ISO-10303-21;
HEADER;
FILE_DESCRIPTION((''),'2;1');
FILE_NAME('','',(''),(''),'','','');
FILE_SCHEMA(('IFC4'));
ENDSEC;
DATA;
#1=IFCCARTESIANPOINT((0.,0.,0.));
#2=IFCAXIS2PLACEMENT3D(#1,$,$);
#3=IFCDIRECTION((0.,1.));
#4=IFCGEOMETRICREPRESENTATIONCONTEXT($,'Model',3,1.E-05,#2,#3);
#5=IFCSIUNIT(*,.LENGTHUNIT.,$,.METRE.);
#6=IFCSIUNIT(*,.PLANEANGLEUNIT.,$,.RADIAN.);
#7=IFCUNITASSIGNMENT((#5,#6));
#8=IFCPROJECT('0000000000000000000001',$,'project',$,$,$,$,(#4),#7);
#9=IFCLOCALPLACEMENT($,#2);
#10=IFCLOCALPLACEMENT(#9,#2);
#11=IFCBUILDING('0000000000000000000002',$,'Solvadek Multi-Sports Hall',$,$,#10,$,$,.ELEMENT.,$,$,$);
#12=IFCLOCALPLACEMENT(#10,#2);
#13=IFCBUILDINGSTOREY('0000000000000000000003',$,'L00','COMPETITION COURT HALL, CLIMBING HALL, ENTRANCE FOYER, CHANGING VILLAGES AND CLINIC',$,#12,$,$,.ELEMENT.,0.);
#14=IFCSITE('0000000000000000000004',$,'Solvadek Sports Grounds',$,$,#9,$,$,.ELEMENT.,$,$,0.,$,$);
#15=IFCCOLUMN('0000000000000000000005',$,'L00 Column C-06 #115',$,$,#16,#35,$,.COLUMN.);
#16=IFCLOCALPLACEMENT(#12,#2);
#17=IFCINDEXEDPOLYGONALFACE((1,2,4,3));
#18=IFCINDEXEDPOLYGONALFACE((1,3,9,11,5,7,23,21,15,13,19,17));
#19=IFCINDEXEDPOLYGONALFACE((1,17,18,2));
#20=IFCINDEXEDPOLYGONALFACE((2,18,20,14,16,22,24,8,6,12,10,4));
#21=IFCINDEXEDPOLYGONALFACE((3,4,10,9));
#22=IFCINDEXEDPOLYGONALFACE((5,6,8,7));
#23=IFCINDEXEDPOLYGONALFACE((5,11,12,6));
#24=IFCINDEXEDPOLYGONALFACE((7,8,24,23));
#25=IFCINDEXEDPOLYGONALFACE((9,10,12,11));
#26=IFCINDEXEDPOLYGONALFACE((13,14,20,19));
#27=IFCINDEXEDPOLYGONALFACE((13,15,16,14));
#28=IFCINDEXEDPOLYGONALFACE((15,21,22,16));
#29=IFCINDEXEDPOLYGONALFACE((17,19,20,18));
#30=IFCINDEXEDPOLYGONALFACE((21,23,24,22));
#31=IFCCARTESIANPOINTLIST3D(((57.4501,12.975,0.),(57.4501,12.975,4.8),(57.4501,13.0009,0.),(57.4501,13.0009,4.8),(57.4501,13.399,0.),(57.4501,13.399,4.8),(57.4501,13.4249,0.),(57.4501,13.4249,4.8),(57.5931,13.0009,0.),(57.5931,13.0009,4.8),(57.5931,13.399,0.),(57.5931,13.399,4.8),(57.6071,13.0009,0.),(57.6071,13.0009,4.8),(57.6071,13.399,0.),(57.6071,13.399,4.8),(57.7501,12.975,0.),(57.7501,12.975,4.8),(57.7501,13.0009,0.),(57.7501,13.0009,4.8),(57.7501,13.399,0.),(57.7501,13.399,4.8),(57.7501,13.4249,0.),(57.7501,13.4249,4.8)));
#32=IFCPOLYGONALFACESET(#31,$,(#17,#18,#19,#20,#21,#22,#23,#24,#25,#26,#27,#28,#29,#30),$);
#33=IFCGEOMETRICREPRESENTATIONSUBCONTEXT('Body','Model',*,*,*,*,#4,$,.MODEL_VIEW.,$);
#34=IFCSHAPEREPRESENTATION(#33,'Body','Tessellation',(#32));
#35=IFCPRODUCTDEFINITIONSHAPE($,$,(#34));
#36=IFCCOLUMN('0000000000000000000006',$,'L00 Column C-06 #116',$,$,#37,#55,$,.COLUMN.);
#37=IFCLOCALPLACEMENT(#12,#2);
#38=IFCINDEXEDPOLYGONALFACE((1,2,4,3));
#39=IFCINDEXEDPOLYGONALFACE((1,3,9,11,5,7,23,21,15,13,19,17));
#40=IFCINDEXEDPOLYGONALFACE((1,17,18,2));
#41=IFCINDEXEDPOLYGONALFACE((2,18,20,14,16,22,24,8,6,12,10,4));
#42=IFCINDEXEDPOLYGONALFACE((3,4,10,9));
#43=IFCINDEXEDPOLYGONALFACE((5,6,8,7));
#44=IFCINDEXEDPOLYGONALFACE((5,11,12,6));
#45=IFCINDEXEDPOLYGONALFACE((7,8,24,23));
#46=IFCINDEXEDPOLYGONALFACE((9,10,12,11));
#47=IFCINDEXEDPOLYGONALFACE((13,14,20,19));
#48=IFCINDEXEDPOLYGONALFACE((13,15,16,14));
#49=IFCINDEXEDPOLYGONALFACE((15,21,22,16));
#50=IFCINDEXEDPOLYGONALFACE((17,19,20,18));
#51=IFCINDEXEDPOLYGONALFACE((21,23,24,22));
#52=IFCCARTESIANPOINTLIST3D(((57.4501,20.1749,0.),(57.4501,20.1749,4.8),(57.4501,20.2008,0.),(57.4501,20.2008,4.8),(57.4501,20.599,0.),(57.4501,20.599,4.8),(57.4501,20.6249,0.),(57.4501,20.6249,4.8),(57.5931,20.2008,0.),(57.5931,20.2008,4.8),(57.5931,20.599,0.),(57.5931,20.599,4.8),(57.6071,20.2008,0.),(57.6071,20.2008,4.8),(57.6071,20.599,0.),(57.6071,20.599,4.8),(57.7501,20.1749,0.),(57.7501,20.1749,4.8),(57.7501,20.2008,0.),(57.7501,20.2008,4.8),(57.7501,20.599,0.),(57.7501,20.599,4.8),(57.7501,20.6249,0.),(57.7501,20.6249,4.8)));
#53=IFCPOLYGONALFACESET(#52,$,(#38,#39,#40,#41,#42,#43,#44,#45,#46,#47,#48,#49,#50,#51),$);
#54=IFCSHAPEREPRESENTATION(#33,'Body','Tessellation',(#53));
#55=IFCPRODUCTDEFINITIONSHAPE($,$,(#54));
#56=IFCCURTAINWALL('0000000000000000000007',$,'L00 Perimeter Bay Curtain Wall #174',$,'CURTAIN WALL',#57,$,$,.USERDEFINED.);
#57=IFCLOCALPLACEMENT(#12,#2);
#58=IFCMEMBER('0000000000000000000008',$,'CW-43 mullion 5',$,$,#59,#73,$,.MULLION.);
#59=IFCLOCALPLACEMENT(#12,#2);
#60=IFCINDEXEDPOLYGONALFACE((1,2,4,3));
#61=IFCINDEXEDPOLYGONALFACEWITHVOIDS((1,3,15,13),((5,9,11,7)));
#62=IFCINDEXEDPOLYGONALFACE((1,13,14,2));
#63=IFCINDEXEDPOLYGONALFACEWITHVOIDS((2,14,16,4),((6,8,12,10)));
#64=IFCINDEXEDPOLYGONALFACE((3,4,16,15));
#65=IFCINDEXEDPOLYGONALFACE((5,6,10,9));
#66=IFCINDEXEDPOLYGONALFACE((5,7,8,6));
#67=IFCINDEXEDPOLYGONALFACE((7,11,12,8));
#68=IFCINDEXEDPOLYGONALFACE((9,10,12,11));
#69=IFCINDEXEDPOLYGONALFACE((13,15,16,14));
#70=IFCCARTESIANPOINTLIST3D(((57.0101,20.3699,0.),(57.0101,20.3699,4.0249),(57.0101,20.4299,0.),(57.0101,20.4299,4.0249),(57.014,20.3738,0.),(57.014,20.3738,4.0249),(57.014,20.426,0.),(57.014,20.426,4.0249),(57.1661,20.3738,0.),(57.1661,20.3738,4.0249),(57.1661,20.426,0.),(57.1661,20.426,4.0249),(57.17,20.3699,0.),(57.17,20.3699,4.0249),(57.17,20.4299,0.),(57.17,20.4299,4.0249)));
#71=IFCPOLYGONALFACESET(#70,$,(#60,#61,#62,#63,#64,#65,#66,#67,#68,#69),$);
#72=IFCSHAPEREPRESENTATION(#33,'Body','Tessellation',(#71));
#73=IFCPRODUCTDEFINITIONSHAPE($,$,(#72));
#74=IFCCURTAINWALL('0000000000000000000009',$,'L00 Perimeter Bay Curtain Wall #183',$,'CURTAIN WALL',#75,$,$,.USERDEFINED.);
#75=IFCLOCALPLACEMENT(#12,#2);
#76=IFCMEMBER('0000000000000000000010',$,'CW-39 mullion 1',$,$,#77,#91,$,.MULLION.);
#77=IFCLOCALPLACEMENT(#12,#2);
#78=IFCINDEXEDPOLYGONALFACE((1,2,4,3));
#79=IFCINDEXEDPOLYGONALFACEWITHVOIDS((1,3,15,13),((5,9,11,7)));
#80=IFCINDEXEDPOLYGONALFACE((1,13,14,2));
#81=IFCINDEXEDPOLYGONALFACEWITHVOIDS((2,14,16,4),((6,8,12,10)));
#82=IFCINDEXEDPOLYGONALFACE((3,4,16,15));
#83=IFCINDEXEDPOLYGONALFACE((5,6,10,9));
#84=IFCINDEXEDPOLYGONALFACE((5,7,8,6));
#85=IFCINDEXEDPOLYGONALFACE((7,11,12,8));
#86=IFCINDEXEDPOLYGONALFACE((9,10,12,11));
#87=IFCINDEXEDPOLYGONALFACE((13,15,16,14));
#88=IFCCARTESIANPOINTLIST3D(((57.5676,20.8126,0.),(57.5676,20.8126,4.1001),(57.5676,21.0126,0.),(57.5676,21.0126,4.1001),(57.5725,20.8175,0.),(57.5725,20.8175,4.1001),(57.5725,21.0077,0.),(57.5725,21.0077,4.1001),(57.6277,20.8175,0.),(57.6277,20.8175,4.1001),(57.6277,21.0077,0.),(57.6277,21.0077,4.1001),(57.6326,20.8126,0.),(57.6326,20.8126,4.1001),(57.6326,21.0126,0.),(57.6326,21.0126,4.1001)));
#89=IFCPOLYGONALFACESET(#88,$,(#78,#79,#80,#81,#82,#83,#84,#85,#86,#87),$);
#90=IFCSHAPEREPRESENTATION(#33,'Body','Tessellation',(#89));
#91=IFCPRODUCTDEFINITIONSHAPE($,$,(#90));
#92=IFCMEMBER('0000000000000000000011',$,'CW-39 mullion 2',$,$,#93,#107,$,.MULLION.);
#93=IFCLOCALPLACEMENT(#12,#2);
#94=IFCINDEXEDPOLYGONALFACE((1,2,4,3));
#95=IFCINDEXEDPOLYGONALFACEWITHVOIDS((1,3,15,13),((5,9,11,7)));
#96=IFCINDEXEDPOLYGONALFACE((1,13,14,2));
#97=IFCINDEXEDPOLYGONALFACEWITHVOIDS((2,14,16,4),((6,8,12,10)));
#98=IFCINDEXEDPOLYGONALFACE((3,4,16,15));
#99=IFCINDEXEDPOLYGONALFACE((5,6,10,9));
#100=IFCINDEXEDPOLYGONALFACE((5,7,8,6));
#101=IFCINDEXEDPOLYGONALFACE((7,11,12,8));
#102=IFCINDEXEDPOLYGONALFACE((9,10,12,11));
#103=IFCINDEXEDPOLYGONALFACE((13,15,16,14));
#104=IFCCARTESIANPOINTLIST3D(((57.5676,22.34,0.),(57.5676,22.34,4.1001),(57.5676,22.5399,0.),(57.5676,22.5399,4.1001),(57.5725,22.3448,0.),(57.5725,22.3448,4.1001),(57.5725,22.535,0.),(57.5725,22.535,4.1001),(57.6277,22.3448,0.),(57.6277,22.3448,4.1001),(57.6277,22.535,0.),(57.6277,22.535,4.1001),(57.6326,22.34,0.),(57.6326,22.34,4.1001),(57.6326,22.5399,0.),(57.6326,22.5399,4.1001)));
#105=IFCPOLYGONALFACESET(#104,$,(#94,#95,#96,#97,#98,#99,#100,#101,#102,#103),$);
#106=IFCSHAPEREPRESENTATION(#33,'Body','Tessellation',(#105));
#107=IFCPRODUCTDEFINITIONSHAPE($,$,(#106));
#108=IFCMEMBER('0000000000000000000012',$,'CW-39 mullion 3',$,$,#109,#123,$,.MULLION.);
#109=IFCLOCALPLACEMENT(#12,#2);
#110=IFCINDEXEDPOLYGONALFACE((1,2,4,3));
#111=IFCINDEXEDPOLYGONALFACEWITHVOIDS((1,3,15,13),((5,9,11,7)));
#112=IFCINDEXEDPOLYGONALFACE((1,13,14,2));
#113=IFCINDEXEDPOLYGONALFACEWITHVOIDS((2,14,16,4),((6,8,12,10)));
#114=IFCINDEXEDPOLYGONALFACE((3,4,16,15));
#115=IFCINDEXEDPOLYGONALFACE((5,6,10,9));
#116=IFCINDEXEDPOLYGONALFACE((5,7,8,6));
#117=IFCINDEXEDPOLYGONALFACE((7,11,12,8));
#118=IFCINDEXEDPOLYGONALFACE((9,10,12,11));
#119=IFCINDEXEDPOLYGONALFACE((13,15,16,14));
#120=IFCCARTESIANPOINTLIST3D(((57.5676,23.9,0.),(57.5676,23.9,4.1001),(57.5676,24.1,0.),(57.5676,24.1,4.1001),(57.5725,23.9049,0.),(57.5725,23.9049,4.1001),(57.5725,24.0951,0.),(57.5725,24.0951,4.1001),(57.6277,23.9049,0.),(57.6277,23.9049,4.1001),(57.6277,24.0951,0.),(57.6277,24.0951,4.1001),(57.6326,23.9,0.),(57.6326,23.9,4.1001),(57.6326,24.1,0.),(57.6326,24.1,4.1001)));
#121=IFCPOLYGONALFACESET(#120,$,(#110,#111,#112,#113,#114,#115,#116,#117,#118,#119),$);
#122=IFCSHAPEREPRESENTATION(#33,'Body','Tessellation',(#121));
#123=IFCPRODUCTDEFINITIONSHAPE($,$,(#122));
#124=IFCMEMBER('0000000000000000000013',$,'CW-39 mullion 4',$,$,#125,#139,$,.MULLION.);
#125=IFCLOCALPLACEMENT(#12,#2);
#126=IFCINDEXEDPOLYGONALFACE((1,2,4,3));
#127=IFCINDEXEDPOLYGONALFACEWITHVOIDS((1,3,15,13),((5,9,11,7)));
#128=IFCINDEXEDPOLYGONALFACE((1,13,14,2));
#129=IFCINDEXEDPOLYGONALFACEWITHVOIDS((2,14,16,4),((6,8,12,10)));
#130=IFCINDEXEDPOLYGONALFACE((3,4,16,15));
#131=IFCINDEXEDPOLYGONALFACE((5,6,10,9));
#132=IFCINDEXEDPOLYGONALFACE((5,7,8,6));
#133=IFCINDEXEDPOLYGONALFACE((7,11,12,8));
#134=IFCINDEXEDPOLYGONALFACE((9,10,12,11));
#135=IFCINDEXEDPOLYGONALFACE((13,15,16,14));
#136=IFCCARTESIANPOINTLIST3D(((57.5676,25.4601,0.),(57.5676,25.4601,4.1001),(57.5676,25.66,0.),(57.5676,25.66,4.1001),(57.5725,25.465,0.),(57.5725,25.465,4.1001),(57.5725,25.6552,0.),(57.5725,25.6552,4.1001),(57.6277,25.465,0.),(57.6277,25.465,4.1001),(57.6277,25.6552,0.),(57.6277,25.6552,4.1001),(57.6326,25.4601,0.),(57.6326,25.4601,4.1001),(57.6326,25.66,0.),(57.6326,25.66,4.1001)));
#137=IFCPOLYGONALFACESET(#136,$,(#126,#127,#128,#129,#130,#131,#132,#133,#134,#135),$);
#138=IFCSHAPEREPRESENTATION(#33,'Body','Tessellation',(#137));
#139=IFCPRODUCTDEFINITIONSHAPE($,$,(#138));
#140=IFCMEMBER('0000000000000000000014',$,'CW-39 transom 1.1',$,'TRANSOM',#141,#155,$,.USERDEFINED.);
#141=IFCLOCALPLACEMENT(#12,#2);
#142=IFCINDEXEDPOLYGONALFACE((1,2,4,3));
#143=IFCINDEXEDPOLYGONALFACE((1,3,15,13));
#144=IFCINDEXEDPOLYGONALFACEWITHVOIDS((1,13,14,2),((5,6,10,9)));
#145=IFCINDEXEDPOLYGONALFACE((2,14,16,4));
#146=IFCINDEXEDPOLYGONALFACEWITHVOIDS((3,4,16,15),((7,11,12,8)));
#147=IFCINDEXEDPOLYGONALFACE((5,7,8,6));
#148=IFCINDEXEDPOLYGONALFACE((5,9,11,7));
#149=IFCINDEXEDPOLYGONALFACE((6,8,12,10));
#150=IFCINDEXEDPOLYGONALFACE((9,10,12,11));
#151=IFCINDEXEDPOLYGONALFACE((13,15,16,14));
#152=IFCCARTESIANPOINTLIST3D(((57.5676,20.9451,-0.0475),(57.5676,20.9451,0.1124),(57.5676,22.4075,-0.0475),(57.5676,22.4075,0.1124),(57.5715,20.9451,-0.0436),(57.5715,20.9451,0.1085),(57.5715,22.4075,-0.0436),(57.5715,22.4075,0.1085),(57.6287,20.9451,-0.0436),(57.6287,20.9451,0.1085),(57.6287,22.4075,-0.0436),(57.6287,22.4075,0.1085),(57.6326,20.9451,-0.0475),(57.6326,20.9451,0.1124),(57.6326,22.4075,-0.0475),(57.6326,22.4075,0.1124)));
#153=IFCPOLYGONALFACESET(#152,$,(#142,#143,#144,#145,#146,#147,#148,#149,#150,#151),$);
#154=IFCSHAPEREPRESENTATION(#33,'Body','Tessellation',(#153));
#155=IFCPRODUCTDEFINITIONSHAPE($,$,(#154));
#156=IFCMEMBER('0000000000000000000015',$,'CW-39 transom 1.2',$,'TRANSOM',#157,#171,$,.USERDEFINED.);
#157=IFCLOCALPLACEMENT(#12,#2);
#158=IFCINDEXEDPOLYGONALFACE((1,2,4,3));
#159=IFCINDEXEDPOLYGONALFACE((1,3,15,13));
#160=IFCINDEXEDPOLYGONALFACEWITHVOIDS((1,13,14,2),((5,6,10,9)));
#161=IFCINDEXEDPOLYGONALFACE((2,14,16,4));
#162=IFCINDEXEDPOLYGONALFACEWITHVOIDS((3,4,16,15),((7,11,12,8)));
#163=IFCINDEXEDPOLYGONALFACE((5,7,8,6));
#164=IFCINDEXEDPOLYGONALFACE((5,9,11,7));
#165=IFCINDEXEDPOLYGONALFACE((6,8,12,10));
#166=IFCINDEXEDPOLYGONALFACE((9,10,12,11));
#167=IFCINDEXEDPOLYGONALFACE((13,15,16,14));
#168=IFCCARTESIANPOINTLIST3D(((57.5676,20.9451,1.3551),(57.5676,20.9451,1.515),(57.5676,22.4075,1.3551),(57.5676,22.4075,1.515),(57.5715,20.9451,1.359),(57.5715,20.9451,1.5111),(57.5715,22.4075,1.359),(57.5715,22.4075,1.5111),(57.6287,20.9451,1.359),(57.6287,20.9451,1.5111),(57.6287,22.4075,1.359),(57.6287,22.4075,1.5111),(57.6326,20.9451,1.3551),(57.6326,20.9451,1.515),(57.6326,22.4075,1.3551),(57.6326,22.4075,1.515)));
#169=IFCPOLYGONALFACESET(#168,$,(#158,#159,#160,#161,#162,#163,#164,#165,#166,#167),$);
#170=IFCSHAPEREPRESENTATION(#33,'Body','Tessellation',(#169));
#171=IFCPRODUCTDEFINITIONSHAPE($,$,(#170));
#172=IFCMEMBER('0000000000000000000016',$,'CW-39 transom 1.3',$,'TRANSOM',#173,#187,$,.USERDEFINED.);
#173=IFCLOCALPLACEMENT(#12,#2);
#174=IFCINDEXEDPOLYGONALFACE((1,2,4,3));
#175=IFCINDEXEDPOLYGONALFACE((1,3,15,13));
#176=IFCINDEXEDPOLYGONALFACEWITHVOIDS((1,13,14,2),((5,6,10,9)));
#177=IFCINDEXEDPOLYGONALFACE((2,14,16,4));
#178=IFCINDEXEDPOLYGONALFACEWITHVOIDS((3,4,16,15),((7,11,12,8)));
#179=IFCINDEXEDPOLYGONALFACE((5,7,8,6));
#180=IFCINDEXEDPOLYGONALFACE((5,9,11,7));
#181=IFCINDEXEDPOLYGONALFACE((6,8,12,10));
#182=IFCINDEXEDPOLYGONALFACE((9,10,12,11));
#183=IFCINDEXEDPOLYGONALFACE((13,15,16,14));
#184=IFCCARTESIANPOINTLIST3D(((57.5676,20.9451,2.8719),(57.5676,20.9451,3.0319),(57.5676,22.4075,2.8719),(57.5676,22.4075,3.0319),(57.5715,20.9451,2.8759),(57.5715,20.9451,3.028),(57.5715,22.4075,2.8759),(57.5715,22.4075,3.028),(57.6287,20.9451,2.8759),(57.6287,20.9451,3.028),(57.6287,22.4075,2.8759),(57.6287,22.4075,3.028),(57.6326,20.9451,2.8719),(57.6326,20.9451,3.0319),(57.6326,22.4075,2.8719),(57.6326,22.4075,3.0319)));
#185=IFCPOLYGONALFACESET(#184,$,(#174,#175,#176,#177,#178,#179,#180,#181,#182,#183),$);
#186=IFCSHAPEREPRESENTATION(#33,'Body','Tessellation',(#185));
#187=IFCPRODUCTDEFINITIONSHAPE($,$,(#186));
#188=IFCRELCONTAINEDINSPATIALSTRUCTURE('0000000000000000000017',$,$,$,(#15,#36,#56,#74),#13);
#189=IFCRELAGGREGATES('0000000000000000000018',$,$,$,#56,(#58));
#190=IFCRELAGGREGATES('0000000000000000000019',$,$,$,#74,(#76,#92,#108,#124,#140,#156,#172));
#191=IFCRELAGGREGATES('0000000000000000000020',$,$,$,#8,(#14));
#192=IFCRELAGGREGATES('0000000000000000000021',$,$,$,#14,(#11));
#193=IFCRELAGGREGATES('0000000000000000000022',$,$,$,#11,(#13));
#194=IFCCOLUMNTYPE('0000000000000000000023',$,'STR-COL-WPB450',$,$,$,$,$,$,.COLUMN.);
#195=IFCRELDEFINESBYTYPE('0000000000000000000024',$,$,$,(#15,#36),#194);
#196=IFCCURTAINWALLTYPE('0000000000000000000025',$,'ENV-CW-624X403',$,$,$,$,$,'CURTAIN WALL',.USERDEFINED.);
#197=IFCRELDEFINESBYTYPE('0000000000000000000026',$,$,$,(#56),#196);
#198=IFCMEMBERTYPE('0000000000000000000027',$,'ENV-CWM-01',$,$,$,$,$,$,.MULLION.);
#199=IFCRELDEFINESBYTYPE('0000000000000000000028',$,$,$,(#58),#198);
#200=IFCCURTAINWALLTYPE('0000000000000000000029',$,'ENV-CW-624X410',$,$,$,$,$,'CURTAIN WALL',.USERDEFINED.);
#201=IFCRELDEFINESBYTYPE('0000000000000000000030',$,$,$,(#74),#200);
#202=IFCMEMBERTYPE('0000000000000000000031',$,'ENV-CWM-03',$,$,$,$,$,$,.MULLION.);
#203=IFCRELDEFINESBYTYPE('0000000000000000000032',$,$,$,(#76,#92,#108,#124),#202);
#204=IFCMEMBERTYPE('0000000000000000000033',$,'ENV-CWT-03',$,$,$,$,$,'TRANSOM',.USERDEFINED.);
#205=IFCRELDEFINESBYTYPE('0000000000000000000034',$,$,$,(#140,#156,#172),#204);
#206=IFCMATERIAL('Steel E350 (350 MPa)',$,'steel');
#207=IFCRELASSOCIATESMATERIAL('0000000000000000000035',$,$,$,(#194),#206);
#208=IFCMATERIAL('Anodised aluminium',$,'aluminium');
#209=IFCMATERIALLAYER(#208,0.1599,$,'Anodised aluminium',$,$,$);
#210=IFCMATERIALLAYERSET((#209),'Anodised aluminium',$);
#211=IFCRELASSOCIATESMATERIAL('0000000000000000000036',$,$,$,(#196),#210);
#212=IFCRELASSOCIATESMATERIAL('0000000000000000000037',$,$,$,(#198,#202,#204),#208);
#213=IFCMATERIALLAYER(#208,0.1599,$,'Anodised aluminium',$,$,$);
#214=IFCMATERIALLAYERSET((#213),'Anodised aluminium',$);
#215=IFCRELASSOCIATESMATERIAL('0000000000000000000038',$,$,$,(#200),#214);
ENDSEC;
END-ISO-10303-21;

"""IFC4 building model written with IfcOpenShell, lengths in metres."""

from ifc_helpers import new_model, si_unit, direction, frame, origin, origin_2d, place, context, subcontext, project, spatial, hollow_rectangle, i_section, extrude, material, layer, layer_set, material_profile, profile_set, type_object, element, aggregate, save


model = new_model("IFC4")

# Units and contexts
model_context = context("Model", 3, precision=1e-05, world=origin(), true_north=direction((0.0, 1.0)))
body_context = subcontext(model_context, "Body", "Model", "MODEL_VIEW")
ifc_project = project(units=[si_unit("LENGTHUNIT", "METRE"), si_unit("PLANEANGLEUNIT", "RADIAN")], contexts=[model_context])

# Site, building, storey
site_placement = place(None, origin())
site = spatial("IfcSite", under=ifc_project, at=site_placement, Name="Solvadek Sports Grounds", CompositionType="ELEMENT", RefElevation=0.0)
building_placement = place(site_placement, origin())
building = spatial("IfcBuilding", under=site, at=building_placement, Name="Solvadek Multi-Sports Hall", CompositionType="ELEMENT")
storey_placement = place(building_placement, origin())
storey = spatial("IfcBuildingStorey", under=building, at=storey_placement, Name="L00", Description="COMPETITION COURT HALL, CLIMBING HALL, ENTRANCE FOYER, CHANGING VILLAGES AND CLINIC", CompositionType="ELEMENT", Elevation=0.0)

# Columns
ifc_material_1 = material(Name="Steel E350 (350 MPa)", Category="steel")
ifc_material_profile_1 = material_profile(ifc_material_1, i_section(OverallWidth=0.3, OverallDepth=0.45, WebThickness=0.0139, FlangeThickness=0.0259, at=origin_2d()), Name="WPB 450")
ifc_profile_set_1 = profile_set([ifc_material_profile_1], Name="Steel E350 (350 MPa)")
column_type = type_object("IfcColumnType", Name="STR-COL-WPB450", PredefinedType="COLUMN", material=ifc_profile_set_1)
for number, where, z_axis, x_axis, name in (
    (1, (57.6001, 13.2, 0.0), (0.0, 0.0, 1.0), (1.0, 0.0, 0.0), "L00 Column C-06 #115"),
    (2, (57.6001, 20.3999, 0.0), (0.0, 0.0, 1.0), (1.0, 0.0, 0.0), "L00 Column C-06 #116"),
):
    element("IfcColumn", number, at=place(storey_placement, frame(where, z_axis=z_axis, x_axis=x_axis)), inside=storey, type_object=column_type, Name=name, PredefinedType="COLUMN", context=body_context, shape_type="SweptSolid", body=[
        extrude(i_section(OverallWidth=0.3, OverallDepth=0.45, WebThickness=0.0139, FlangeThickness=0.0259, at=origin_2d()), origin(), (0.0, 0.0, 1.0), 4.8),
    ])

# Curtain wall, member
ifc_material_2 = material(Name="Anodised aluminium", Category="aluminium")
ifc_layer_1 = layer(ifc_material_2, 0.1599, Name="Anodised aluminium")
ifc_layer_set_1 = layer_set([ifc_layer_1], Name="Anodised aluminium")
curtain_wall_type_1 = type_object("IfcCurtainWallType", Name="ENV-CW-624X403", ElementType="CURTAIN WALL", PredefinedType="USERDEFINED", material=ifc_layer_set_1)
curtain_wall_1_placement = place(storey_placement, origin())
curtain_wall_1 = element("IfcCurtainWall", 3, at=curtain_wall_1_placement, inside=storey, type_object=curtain_wall_type_1, Name="L00 Perimeter Bay Curtain Wall #174", ObjectType="CURTAIN WALL", PredefinedType="USERDEFINED")
ifc_material_profile_2 = material_profile(ifc_material_2, hollow_rectangle(XDim=0.0601, YDim=0.1599, WallThickness=0.0039, at=origin_2d()), Name="ALU-M 160x60x4")
ifc_profile_set_2 = profile_set([ifc_material_profile_2], Name="Anodised aluminium")
member_type_1 = type_object("IfcMemberType", Name="ENV-CWM-01", PredefinedType="MULLION", material=ifc_profile_set_2)
member_1_placement = place(storey_placement, frame((57.0901, 20.3999, 0.0), z_axis=(0.0, 0.0, 1.0), x_axis=(0.0, 1.0, 0.0)))
member_1 = element("IfcMember", 4, at=member_1_placement, type_object=member_type_1, Name="CW-43 mullion 5", PredefinedType="MULLION", context=body_context, shape_type="SweptSolid", body=[
    extrude(hollow_rectangle(XDim=0.0601, YDim=0.1599, WallThickness=0.0039, at=origin_2d()), origin(), (0.0, 0.0, 1.0), 4.0249),
])
aggregate(curtain_wall_1, [member_1])

# Curtain wall, members
ifc_layer_2 = layer(ifc_material_2, 0.1599, Name="Anodised aluminium")
ifc_layer_set_2 = layer_set([ifc_layer_2], Name="Anodised aluminium")
curtain_wall_type_2 = type_object("IfcCurtainWallType", Name="ENV-CW-624X410", ElementType="CURTAIN WALL", PredefinedType="USERDEFINED", material=ifc_layer_set_2)
curtain_wall_2_placement = place(storey_placement, origin())
curtain_wall_2 = element("IfcCurtainWall", 5, at=curtain_wall_2_placement, inside=storey, type_object=curtain_wall_type_2, Name="L00 Perimeter Bay Curtain Wall #183", ObjectType="CURTAIN WALL", PredefinedType="USERDEFINED")
ifc_material_profile_3 = material_profile(ifc_material_2, hollow_rectangle(XDim=0.0649, YDim=0.2, WallThickness=0.0049, at=origin_2d()), Name="ALU-M 200x65x5")
ifc_profile_set_3 = profile_set([ifc_material_profile_3], Name="Anodised aluminium")
member_type_2 = type_object("IfcMemberType", Name="ENV-CWM-03", PredefinedType="MULLION", material=ifc_profile_set_3)
member_2_placement = place(storey_placement, frame((57.6001, 20.9126, 0.0), z_axis=(0.0, 0.0, 1.0), x_axis=(-1.0, 0.0, 0.0)))
member_2 = element("IfcMember", 6, at=member_2_placement, type_object=member_type_2, Name="CW-39 mullion 1", PredefinedType="MULLION", context=body_context, shape_type="SweptSolid", body=[
    extrude(hollow_rectangle(XDim=0.0649, YDim=0.2, WallThickness=0.0049, at=origin_2d()), origin(), (0.0, 0.0, 1.0), 4.1001),
])
member_3_placement = place(storey_placement, frame((57.6001, 22.4399, 0.0), z_axis=(0.0, 0.0, 1.0), x_axis=(-1.0, 0.0, 0.0)))
member_3 = element("IfcMember", 7, at=member_3_placement, type_object=member_type_2, Name="CW-39 mullion 2", PredefinedType="MULLION", context=body_context, shape_type="SweptSolid", body=[
    extrude(hollow_rectangle(XDim=0.0649, YDim=0.2, WallThickness=0.0049, at=origin_2d()), origin(), (0.0, 0.0, 1.0), 4.1001),
])
member_4_placement = place(storey_placement, frame((57.6001, 24.0, 0.0), z_axis=(0.0, 0.0, 1.0), x_axis=(-1.0, 0.0, 0.0)))
member_4 = element("IfcMember", 8, at=member_4_placement, type_object=member_type_2, Name="CW-39 mullion 3", PredefinedType="MULLION", context=body_context, shape_type="SweptSolid", body=[
    extrude(hollow_rectangle(XDim=0.0649, YDim=0.2, WallThickness=0.0049, at=origin_2d()), origin(), (0.0, 0.0, 1.0), 4.1001),
])
member_5_placement = place(storey_placement, frame((57.6001, 25.5601, 0.0), z_axis=(0.0, 0.0, 1.0), x_axis=(-1.0, 0.0, 0.0)))
member_5 = element("IfcMember", 9, at=member_5_placement, type_object=member_type_2, Name="CW-39 mullion 4", PredefinedType="MULLION", context=body_context, shape_type="SweptSolid", body=[
    extrude(hollow_rectangle(XDim=0.0649, YDim=0.2, WallThickness=0.0049, at=origin_2d()), origin(), (0.0, 0.0, 1.0), 4.1001),
])
ifc_material_profile_4 = material_profile(ifc_material_2, hollow_rectangle(XDim=0.0649, YDim=0.1599, WallThickness=0.0039, at=origin_2d()), Name="ALU-T 160x65x4")
ifc_profile_set_4 = profile_set([ifc_material_profile_4], Name="Anodised aluminium")
member_type_3 = type_object("IfcMemberType", Name="ENV-CWT-03", ElementType="TRANSOM", PredefinedType="USERDEFINED", material=ifc_profile_set_4)
member_6_placement = place(storey_placement, frame((57.6001, 20.9451, 0.0325), z_axis=(0.0, 1.0, 0.0), x_axis=(-1.0, 0.0, 0.0)))
member_6 = element("IfcMember", 10, at=member_6_placement, type_object=member_type_3, Name="CW-39 transom 1.1", ObjectType="TRANSOM", PredefinedType="USERDEFINED", context=body_context, shape_type="SweptSolid", body=[
    extrude(hollow_rectangle(XDim=0.0649, YDim=0.1599, WallThickness=0.0039, at=origin_2d()), origin(), (0.0, 0.0, 1.0), 1.4624),
])
member_7_placement = place(storey_placement, frame((57.6001, 20.9451, 1.4351), z_axis=(0.0, 1.0, 0.0), x_axis=(-1.0, 0.0, 0.0)))
member_7 = element("IfcMember", 11, at=member_7_placement, type_object=member_type_3, Name="CW-39 transom 1.2", ObjectType="TRANSOM", PredefinedType="USERDEFINED", context=body_context, shape_type="SweptSolid", body=[
    extrude(hollow_rectangle(XDim=0.0649, YDim=0.1599, WallThickness=0.0039, at=origin_2d()), origin(), (0.0, 0.0, 1.0), 1.4624),
])
member_8_placement = place(storey_placement, frame((57.6001, 20.9451, 2.9519), z_axis=(0.0, 1.0, 0.0), x_axis=(-1.0, 0.0, 0.0)))
member_8 = element("IfcMember", 12, at=member_8_placement, type_object=member_type_3, Name="CW-39 transom 1.3", ObjectType="TRANSOM", PredefinedType="USERDEFINED", context=body_context, shape_type="SweptSolid", body=[
    extrude(hollow_rectangle(XDim=0.0649, YDim=0.1599, WallThickness=0.0039, at=origin_2d()), origin(), (0.0, 0.0, 1.0), 1.4624),
])

aggregate(curtain_wall_2, [member_2, member_3, member_4, member_5, member_6, member_7, member_8])

save(model, "model.ifc")
